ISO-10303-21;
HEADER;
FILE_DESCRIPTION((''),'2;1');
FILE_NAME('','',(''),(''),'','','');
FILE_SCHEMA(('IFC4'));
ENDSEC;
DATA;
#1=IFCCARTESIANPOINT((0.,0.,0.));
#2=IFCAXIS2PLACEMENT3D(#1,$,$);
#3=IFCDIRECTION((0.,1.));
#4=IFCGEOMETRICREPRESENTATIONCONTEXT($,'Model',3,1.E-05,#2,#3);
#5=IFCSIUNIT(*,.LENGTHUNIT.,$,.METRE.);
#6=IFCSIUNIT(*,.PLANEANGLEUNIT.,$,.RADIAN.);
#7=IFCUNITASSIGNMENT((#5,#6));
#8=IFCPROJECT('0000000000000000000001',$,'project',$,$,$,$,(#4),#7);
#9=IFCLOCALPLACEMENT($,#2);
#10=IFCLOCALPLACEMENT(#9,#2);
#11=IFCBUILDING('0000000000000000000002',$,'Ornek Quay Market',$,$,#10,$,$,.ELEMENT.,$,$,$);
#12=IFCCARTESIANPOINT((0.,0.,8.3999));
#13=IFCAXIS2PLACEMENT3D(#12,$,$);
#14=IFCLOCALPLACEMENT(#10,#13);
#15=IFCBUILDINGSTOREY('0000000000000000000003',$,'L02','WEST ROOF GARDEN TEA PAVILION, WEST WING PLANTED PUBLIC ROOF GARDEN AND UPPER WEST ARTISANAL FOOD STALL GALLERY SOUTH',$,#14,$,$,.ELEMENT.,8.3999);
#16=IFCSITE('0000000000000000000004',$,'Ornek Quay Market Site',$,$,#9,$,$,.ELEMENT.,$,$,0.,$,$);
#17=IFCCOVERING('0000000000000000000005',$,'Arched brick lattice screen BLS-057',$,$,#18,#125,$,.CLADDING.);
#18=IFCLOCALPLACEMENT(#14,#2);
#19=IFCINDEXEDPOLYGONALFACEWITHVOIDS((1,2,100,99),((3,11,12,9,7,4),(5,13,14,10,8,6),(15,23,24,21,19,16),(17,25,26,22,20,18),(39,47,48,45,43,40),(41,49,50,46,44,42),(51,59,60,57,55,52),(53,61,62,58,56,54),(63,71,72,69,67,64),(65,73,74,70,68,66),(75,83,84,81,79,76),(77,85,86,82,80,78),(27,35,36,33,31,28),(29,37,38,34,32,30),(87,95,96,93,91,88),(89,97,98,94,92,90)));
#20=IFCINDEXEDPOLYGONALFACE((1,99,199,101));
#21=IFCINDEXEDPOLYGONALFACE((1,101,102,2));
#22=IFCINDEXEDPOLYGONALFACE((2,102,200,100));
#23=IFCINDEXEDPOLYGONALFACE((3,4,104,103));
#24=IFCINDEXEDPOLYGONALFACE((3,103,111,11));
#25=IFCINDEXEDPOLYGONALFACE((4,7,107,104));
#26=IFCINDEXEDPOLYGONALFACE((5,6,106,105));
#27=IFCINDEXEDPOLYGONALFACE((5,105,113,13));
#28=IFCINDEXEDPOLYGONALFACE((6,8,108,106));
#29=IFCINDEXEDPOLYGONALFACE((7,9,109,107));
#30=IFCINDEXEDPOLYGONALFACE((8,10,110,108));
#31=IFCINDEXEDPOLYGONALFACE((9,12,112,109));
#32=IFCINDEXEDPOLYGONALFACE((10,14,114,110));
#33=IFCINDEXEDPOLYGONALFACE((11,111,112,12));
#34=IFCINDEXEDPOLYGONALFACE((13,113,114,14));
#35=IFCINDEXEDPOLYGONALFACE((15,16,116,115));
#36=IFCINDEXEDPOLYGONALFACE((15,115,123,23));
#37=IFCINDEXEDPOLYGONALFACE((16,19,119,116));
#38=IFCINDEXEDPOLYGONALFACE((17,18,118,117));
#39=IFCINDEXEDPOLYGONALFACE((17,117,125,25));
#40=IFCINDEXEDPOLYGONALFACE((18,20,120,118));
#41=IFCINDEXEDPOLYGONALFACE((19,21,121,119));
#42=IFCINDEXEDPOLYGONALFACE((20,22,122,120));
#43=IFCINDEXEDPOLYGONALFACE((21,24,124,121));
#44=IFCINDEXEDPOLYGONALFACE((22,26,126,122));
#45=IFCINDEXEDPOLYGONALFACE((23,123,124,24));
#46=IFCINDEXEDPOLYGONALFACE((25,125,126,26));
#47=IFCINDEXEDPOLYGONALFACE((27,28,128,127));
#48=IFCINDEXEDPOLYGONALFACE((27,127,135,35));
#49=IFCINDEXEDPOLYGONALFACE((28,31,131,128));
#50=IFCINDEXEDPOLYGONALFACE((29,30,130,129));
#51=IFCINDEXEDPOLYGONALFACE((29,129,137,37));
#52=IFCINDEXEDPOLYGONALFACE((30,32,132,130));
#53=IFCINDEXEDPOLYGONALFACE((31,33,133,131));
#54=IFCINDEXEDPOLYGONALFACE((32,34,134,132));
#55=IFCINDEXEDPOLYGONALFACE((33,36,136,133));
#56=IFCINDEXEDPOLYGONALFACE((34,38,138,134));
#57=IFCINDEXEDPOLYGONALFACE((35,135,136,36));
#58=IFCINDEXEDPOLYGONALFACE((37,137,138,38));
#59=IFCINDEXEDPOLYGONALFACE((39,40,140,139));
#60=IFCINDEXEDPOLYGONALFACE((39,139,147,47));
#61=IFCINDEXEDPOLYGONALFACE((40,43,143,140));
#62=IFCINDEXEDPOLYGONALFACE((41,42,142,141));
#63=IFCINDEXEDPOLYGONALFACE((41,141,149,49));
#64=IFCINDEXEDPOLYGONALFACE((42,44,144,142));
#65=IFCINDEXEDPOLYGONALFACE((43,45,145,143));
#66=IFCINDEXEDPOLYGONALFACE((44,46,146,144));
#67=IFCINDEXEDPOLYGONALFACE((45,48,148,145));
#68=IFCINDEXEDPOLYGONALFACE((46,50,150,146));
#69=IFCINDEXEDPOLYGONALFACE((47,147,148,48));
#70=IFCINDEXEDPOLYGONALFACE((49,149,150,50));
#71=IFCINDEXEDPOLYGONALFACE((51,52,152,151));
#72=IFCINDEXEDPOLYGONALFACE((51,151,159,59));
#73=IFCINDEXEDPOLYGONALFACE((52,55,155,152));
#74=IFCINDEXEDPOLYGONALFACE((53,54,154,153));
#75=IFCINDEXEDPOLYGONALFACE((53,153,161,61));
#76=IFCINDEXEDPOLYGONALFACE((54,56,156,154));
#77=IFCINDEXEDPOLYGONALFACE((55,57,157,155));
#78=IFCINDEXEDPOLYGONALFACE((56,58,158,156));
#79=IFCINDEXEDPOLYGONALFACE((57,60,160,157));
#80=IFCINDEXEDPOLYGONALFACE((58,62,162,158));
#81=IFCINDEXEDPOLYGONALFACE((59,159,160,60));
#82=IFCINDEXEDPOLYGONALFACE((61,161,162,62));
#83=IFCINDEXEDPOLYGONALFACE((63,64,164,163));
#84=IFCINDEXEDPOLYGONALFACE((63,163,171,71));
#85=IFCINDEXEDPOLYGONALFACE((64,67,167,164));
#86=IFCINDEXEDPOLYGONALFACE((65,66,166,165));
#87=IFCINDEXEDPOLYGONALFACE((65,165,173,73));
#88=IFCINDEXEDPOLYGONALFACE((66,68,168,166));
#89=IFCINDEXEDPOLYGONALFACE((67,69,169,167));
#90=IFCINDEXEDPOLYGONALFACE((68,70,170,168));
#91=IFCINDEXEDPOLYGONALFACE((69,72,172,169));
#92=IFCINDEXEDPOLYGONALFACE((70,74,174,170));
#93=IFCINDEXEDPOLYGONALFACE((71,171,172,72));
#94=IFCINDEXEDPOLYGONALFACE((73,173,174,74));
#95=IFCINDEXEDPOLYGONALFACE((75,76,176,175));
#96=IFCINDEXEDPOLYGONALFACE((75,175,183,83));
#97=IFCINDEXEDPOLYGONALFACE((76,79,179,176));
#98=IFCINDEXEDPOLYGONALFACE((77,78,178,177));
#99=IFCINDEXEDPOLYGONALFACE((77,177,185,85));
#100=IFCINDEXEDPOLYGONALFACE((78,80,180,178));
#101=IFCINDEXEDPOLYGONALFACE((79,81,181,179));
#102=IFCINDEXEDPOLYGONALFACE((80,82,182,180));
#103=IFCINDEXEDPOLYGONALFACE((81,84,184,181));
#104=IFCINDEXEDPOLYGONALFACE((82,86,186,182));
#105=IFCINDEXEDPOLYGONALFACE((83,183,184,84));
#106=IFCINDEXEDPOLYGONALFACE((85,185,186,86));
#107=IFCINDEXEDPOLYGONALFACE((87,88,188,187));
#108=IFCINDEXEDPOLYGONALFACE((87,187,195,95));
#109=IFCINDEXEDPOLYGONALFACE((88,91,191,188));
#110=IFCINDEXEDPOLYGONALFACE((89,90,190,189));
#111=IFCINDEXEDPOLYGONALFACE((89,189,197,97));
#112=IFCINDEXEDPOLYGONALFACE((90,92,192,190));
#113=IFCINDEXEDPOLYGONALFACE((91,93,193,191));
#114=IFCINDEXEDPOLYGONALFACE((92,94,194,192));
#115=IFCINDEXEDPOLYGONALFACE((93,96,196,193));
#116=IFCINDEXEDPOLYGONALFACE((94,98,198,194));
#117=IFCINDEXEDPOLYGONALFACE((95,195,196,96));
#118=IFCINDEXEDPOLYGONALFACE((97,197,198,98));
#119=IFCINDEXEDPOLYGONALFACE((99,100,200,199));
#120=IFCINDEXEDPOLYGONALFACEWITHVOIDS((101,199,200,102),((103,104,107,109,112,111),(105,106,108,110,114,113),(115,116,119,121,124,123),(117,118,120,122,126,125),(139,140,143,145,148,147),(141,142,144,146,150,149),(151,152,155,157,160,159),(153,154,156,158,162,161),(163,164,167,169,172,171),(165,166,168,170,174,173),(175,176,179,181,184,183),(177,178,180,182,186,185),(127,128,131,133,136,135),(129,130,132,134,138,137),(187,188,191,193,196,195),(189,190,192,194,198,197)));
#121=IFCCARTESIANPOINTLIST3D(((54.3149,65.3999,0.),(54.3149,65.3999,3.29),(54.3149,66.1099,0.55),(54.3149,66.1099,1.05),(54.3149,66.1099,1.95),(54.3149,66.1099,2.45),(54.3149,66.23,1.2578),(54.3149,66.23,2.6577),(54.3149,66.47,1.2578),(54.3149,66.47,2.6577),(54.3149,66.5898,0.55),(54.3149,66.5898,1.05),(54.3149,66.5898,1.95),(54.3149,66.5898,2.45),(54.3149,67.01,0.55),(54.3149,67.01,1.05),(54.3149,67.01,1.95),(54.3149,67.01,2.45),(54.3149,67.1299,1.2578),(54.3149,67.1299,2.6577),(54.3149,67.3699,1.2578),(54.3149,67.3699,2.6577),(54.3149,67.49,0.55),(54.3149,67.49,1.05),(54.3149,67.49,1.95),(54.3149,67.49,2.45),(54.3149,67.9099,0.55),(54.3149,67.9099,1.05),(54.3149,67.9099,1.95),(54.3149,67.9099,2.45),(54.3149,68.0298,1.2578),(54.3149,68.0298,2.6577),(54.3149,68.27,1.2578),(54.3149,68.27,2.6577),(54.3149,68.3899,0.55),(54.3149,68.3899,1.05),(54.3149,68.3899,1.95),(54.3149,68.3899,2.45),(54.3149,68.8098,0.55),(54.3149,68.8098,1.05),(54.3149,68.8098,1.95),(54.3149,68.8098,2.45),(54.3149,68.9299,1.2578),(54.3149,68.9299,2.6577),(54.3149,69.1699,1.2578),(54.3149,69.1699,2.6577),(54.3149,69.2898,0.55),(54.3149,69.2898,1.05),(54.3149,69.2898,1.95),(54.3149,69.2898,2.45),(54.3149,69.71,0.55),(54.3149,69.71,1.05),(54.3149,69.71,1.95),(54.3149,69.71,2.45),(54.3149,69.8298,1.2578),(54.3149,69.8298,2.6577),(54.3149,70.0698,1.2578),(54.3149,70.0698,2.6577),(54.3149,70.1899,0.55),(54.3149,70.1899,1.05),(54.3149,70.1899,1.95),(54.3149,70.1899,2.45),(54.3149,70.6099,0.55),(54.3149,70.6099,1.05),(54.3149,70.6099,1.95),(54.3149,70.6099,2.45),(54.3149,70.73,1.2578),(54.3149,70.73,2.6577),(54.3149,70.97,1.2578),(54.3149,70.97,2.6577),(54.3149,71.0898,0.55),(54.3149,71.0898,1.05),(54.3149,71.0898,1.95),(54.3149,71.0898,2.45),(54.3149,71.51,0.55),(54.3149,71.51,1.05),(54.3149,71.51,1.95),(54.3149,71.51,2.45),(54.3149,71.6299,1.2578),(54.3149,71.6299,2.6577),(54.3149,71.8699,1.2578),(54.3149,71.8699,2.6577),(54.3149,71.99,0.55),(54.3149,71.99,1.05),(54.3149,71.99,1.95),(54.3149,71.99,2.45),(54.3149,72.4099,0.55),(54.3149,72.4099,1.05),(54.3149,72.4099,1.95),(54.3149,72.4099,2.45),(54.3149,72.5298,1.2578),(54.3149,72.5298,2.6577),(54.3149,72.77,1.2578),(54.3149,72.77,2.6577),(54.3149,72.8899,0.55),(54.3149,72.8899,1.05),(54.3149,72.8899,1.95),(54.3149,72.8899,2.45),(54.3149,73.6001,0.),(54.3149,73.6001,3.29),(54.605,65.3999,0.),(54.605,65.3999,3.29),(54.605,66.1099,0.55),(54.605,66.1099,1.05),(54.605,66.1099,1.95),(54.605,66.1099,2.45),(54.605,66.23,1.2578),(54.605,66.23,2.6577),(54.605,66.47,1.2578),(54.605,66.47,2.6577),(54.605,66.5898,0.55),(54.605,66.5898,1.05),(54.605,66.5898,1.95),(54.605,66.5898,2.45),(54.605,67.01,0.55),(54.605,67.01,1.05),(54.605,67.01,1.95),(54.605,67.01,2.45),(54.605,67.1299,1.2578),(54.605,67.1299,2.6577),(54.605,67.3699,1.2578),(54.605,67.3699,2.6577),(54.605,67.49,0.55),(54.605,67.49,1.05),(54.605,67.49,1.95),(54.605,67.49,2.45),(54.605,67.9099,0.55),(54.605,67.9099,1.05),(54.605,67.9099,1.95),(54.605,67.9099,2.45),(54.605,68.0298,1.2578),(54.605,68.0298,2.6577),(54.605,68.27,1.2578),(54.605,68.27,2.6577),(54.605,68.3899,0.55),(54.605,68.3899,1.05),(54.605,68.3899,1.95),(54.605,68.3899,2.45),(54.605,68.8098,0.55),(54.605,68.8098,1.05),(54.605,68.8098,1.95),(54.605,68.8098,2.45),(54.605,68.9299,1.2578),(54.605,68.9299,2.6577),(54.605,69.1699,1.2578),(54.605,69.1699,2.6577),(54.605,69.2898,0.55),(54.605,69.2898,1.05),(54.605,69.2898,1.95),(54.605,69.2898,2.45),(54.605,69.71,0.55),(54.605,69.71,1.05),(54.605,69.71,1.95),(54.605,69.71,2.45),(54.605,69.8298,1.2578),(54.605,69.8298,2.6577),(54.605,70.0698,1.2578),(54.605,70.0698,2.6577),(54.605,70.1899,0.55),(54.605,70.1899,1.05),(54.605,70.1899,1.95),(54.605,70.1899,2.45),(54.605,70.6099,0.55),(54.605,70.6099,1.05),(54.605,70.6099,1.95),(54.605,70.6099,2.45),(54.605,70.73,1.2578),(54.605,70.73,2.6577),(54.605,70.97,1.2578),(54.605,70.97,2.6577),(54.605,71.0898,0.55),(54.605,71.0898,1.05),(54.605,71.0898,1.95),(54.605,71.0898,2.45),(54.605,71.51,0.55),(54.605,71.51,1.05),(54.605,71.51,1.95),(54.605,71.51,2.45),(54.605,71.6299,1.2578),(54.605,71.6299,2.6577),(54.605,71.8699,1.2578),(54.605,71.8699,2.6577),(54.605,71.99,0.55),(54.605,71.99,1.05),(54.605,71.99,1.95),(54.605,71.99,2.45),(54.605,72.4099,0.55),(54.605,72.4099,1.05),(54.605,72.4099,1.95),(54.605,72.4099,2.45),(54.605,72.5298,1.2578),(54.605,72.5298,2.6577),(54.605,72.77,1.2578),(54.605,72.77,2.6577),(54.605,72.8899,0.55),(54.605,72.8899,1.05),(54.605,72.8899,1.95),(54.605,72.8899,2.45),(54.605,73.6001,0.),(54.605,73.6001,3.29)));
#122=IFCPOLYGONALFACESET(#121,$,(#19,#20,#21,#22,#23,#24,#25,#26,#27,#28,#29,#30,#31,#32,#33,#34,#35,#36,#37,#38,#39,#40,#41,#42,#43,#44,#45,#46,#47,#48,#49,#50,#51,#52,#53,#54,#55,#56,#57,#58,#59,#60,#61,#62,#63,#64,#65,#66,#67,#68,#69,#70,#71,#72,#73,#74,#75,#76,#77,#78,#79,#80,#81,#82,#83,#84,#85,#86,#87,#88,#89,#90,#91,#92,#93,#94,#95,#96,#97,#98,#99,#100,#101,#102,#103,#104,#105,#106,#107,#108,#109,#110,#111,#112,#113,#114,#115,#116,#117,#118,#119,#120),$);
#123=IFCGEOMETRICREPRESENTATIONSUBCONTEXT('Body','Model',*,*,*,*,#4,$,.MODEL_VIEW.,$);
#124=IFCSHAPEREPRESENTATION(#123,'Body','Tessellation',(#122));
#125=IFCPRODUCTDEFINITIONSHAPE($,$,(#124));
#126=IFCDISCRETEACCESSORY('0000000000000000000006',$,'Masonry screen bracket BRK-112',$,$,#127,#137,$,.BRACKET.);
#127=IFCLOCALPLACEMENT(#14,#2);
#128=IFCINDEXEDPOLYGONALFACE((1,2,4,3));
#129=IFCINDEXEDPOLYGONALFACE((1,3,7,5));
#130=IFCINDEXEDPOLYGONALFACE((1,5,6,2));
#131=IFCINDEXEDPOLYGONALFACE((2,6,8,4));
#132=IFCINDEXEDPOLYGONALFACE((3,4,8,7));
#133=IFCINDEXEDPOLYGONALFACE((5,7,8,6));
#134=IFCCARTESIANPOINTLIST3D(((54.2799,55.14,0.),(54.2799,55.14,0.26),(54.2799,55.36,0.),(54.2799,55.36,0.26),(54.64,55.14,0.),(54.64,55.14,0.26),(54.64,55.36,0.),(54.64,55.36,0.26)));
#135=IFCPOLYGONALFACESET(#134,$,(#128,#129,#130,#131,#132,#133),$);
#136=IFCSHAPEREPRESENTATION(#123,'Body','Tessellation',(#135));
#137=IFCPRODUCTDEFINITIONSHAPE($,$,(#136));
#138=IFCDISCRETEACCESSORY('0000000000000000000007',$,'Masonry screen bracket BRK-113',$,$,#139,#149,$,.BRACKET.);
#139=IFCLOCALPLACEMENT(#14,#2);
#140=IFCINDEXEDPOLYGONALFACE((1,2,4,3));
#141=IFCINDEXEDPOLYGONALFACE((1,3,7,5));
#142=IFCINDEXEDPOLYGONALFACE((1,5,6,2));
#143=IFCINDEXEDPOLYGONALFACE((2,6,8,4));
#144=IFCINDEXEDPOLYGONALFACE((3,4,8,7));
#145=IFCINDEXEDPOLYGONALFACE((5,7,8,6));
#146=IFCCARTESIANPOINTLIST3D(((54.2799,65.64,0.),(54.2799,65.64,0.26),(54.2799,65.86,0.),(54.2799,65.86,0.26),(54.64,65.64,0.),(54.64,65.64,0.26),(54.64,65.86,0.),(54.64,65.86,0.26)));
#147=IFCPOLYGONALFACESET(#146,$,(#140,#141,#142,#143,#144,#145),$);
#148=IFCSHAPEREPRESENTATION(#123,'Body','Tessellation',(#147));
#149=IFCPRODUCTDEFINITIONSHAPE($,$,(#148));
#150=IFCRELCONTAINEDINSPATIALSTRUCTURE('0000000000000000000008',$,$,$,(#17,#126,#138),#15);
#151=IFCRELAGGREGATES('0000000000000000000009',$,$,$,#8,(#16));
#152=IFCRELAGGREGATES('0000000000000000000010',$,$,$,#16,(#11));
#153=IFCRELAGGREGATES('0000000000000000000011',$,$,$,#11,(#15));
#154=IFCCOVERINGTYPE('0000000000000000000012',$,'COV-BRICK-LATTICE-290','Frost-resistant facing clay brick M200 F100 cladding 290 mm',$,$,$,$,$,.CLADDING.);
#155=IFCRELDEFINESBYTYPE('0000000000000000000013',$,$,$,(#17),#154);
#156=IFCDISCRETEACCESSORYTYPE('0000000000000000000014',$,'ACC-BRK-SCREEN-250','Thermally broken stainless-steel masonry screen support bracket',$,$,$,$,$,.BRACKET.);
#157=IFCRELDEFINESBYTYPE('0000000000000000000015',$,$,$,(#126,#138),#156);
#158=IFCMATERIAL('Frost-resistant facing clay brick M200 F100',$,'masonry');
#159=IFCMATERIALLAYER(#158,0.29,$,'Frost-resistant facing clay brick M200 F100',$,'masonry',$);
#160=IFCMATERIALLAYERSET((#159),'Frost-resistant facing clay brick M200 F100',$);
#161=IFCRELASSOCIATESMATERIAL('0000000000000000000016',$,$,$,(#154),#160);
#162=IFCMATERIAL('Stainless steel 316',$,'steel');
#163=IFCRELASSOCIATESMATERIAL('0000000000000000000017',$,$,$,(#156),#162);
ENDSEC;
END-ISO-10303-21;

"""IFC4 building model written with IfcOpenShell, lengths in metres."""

from ifc_helpers import new_model, si_unit, direction, frame, origin, origin_2d, place, context, subcontext, project, spatial, polyline, rectangle, outline, extrude, material, layer, layer_set, type_object, element, save


model = new_model("IFC4")

# Units and contexts
model_context = context("Model", 3, precision=1e-05, world=origin(), true_north=direction((0.0, 1.0)))
body_context = subcontext(model_context, "Body", "Model", "MODEL_VIEW")
ifc_project = project(units=[si_unit("LENGTHUNIT", "METRE"), si_unit("PLANEANGLEUNIT", "RADIAN")], contexts=[model_context])

# Site, building, storey
site_placement = place(None, origin())
site = spatial("IfcSite", under=ifc_project, at=site_placement, Name="Ornek Quay Market Site", CompositionType="ELEMENT", RefElevation=0.0)
building_placement = place(site_placement, origin())
building = spatial("IfcBuilding", under=site, at=building_placement, Name="Ornek Quay Market", CompositionType="ELEMENT")
storey_placement = place(building_placement, frame((0.0, 0.0, 8.3999)))
storey = spatial("IfcBuildingStorey", under=building, at=storey_placement, Name="L02", Description="WEST ROOF GARDEN TEA PAVILION, WEST WING PLANTED PUBLIC ROOF GARDEN AND UPPER WEST ARTISANAL FOOD STALL GALLERY SOUTH", CompositionType="ELEMENT", Elevation=8.3999)

# Covering
ifc_material_1 = material(Name="Frost-resistant facing clay brick M200 F100", Category="masonry")
ifc_layer_1 = layer(ifc_material_1, 0.29, Name="Frost-resistant facing clay brick M200 F100", Category="masonry")
ifc_layer_set_1 = layer_set([ifc_layer_1], Name="Frost-resistant facing clay brick M200 F100")
covering_type = type_object("IfcCoveringType", Name="COV-BRICK-LATTICE-290", Description="Frost-resistant facing clay brick M200 F100 cladding 290 mm", PredefinedType="CLADDING", material=ifc_layer_set_1)
covering_placement = place(storey_placement, frame((54.46, 65.3999, 0.0), z_axis=(0.0, 0.0, 1.0), x_axis=(0.0, 1.0, 0.0)))
element("IfcCovering", 1, at=covering_placement, inside=storey, type_object=covering_type, Name="Arched brick lattice screen BLS-057", PredefinedType="CLADDING", context=body_context, shape_type="SweptSolid", body=[
    extrude(outline(polyline([(0.0, 0.0), (8.2002, 0.0), (8.2002, 3.29), (0.0, 3.29), (0.0, 0.0)]), holes=[polyline([(0.71, 0.55), (1.1899, 0.55), (1.1899, 1.05), (1.0701, 1.2578), (0.8301, 1.2578), (0.71, 1.05), (0.71, 0.55)]), polyline([(0.71, 1.95), (1.1899, 1.95), (1.1899, 2.45), (1.0701, 2.6577), (0.8301, 2.6577), (0.71, 2.45), (0.71, 1.95)]), polyline([(1.6101, 0.55), (2.0901, 0.55), (2.0901, 1.05), (1.97, 1.2578), (1.73, 1.2578), (1.6101, 1.05), (1.6101, 0.55)]), polyline([(1.6101, 1.95), (2.0901, 1.95), (2.0901, 2.45), (1.97, 2.6577), (1.73, 2.6577), (1.6101, 2.45), (1.6101, 1.95)]), polyline([(2.51, 0.55), (2.99, 0.55), (2.99, 1.05), (2.8701, 1.2578), (2.6299, 1.2578), (2.51, 1.05), (2.51, 0.55)]), polyline([(2.51, 1.95), (2.99, 1.95), (2.99, 2.45), (2.8701, 2.6577), (2.6299, 2.6577), (2.51, 2.45), (2.51, 1.95)]), polyline([(3.4099, 0.55), (3.8899, 0.55), (3.8899, 1.05), (3.77, 1.2578), (3.53, 1.2578), (3.4099, 1.05), (3.4099, 0.55)]), polyline([(3.4099, 1.95), (3.8899, 1.95), (3.8899, 2.45), (3.77, 2.6577), (3.53, 2.6577), (3.4099, 2.45), (3.4099, 1.95)]), polyline([(4.3101, 0.55), (4.79, 0.55), (4.79, 1.05), (4.6699, 1.2578), (4.4299, 1.2578), (4.3101, 1.05), (4.3101, 0.55)]), polyline([(4.3101, 1.95), (4.79, 1.95), (4.79, 2.45), (4.6699, 2.6577), (4.4299, 2.6577), (4.3101, 2.45), (4.3101, 1.95)]), polyline([(5.21, 0.55), (5.6899, 0.55), (5.6899, 1.05), (5.5701, 1.2578), (5.3301, 1.2578), (5.21, 1.05), (5.21, 0.55)]), polyline([(5.21, 1.95), (5.6899, 1.95), (5.6899, 2.45), (5.5701, 2.6577), (5.3301, 2.6577), (5.21, 2.45), (5.21, 1.95)]), polyline([(6.1101, 0.55), (6.5901, 0.55), (6.5901, 1.05), (6.47, 1.2578), (6.23, 1.2578), (6.1101, 1.05), (6.1101, 0.55)]), polyline([(6.1101, 1.95), (6.5901, 1.95), (6.5901, 2.45), (6.47, 2.6577), (6.23, 2.6577), (6.1101, 2.45), (6.1101, 1.95)]), polyline([(7.01, 0.55), (7.49, 0.55), (7.49, 1.05), (7.3701, 1.2578), (7.1299, 1.2578), (7.01, 1.05), (7.01, 0.55)]), polyline([(7.01, 1.95), (7.49, 1.95), (7.49, 2.45), (7.3701, 2.6577), (7.1299, 2.6577), (7.01, 2.45), (7.01, 1.95)])]), frame((0.0, 0.145, 0.0), z_axis=(0.0, -1.0, 0.0), x_axis=(1.0, 0.0, 0.0)), (0.0, 0.0, 1.0), 0.29),
])

# Discrete accessories
ifc_material_2 = material(Name="Stainless steel 316", Category="steel")
discrete_accessory_type = type_object("IfcDiscreteAccessoryType", Name="ACC-BRK-SCREEN-250", Description="Thermally broken stainless-steel masonry screen support bracket", PredefinedType="BRACKET", material=ifc_material_2)
for number, where, z_axis, x_axis, name in (
    (2, (54.46, 55.25, 0.0), (0.0, 0.0, 1.0), (0.0, 1.0, 0.0), "Masonry screen bracket BRK-112"),
    (3, (54.46, 65.75, 0.0), (0.0, 0.0, 1.0), (0.0, 1.0, 0.0), "Masonry screen bracket BRK-113"),
):
    element("IfcDiscreteAccessory", number, at=place(storey_placement, frame(where, z_axis=z_axis, x_axis=x_axis)), inside=storey, type_object=discrete_accessory_type, Name=name, PredefinedType="BRACKET", context=body_context, shape_type="SweptSolid", body=[
        extrude(rectangle(XDim=0.22, YDim=0.3601, at=origin_2d()), origin(), (0.0, 0.0, 1.0), 0.26),
    ])

save(model, "model.ifc")
